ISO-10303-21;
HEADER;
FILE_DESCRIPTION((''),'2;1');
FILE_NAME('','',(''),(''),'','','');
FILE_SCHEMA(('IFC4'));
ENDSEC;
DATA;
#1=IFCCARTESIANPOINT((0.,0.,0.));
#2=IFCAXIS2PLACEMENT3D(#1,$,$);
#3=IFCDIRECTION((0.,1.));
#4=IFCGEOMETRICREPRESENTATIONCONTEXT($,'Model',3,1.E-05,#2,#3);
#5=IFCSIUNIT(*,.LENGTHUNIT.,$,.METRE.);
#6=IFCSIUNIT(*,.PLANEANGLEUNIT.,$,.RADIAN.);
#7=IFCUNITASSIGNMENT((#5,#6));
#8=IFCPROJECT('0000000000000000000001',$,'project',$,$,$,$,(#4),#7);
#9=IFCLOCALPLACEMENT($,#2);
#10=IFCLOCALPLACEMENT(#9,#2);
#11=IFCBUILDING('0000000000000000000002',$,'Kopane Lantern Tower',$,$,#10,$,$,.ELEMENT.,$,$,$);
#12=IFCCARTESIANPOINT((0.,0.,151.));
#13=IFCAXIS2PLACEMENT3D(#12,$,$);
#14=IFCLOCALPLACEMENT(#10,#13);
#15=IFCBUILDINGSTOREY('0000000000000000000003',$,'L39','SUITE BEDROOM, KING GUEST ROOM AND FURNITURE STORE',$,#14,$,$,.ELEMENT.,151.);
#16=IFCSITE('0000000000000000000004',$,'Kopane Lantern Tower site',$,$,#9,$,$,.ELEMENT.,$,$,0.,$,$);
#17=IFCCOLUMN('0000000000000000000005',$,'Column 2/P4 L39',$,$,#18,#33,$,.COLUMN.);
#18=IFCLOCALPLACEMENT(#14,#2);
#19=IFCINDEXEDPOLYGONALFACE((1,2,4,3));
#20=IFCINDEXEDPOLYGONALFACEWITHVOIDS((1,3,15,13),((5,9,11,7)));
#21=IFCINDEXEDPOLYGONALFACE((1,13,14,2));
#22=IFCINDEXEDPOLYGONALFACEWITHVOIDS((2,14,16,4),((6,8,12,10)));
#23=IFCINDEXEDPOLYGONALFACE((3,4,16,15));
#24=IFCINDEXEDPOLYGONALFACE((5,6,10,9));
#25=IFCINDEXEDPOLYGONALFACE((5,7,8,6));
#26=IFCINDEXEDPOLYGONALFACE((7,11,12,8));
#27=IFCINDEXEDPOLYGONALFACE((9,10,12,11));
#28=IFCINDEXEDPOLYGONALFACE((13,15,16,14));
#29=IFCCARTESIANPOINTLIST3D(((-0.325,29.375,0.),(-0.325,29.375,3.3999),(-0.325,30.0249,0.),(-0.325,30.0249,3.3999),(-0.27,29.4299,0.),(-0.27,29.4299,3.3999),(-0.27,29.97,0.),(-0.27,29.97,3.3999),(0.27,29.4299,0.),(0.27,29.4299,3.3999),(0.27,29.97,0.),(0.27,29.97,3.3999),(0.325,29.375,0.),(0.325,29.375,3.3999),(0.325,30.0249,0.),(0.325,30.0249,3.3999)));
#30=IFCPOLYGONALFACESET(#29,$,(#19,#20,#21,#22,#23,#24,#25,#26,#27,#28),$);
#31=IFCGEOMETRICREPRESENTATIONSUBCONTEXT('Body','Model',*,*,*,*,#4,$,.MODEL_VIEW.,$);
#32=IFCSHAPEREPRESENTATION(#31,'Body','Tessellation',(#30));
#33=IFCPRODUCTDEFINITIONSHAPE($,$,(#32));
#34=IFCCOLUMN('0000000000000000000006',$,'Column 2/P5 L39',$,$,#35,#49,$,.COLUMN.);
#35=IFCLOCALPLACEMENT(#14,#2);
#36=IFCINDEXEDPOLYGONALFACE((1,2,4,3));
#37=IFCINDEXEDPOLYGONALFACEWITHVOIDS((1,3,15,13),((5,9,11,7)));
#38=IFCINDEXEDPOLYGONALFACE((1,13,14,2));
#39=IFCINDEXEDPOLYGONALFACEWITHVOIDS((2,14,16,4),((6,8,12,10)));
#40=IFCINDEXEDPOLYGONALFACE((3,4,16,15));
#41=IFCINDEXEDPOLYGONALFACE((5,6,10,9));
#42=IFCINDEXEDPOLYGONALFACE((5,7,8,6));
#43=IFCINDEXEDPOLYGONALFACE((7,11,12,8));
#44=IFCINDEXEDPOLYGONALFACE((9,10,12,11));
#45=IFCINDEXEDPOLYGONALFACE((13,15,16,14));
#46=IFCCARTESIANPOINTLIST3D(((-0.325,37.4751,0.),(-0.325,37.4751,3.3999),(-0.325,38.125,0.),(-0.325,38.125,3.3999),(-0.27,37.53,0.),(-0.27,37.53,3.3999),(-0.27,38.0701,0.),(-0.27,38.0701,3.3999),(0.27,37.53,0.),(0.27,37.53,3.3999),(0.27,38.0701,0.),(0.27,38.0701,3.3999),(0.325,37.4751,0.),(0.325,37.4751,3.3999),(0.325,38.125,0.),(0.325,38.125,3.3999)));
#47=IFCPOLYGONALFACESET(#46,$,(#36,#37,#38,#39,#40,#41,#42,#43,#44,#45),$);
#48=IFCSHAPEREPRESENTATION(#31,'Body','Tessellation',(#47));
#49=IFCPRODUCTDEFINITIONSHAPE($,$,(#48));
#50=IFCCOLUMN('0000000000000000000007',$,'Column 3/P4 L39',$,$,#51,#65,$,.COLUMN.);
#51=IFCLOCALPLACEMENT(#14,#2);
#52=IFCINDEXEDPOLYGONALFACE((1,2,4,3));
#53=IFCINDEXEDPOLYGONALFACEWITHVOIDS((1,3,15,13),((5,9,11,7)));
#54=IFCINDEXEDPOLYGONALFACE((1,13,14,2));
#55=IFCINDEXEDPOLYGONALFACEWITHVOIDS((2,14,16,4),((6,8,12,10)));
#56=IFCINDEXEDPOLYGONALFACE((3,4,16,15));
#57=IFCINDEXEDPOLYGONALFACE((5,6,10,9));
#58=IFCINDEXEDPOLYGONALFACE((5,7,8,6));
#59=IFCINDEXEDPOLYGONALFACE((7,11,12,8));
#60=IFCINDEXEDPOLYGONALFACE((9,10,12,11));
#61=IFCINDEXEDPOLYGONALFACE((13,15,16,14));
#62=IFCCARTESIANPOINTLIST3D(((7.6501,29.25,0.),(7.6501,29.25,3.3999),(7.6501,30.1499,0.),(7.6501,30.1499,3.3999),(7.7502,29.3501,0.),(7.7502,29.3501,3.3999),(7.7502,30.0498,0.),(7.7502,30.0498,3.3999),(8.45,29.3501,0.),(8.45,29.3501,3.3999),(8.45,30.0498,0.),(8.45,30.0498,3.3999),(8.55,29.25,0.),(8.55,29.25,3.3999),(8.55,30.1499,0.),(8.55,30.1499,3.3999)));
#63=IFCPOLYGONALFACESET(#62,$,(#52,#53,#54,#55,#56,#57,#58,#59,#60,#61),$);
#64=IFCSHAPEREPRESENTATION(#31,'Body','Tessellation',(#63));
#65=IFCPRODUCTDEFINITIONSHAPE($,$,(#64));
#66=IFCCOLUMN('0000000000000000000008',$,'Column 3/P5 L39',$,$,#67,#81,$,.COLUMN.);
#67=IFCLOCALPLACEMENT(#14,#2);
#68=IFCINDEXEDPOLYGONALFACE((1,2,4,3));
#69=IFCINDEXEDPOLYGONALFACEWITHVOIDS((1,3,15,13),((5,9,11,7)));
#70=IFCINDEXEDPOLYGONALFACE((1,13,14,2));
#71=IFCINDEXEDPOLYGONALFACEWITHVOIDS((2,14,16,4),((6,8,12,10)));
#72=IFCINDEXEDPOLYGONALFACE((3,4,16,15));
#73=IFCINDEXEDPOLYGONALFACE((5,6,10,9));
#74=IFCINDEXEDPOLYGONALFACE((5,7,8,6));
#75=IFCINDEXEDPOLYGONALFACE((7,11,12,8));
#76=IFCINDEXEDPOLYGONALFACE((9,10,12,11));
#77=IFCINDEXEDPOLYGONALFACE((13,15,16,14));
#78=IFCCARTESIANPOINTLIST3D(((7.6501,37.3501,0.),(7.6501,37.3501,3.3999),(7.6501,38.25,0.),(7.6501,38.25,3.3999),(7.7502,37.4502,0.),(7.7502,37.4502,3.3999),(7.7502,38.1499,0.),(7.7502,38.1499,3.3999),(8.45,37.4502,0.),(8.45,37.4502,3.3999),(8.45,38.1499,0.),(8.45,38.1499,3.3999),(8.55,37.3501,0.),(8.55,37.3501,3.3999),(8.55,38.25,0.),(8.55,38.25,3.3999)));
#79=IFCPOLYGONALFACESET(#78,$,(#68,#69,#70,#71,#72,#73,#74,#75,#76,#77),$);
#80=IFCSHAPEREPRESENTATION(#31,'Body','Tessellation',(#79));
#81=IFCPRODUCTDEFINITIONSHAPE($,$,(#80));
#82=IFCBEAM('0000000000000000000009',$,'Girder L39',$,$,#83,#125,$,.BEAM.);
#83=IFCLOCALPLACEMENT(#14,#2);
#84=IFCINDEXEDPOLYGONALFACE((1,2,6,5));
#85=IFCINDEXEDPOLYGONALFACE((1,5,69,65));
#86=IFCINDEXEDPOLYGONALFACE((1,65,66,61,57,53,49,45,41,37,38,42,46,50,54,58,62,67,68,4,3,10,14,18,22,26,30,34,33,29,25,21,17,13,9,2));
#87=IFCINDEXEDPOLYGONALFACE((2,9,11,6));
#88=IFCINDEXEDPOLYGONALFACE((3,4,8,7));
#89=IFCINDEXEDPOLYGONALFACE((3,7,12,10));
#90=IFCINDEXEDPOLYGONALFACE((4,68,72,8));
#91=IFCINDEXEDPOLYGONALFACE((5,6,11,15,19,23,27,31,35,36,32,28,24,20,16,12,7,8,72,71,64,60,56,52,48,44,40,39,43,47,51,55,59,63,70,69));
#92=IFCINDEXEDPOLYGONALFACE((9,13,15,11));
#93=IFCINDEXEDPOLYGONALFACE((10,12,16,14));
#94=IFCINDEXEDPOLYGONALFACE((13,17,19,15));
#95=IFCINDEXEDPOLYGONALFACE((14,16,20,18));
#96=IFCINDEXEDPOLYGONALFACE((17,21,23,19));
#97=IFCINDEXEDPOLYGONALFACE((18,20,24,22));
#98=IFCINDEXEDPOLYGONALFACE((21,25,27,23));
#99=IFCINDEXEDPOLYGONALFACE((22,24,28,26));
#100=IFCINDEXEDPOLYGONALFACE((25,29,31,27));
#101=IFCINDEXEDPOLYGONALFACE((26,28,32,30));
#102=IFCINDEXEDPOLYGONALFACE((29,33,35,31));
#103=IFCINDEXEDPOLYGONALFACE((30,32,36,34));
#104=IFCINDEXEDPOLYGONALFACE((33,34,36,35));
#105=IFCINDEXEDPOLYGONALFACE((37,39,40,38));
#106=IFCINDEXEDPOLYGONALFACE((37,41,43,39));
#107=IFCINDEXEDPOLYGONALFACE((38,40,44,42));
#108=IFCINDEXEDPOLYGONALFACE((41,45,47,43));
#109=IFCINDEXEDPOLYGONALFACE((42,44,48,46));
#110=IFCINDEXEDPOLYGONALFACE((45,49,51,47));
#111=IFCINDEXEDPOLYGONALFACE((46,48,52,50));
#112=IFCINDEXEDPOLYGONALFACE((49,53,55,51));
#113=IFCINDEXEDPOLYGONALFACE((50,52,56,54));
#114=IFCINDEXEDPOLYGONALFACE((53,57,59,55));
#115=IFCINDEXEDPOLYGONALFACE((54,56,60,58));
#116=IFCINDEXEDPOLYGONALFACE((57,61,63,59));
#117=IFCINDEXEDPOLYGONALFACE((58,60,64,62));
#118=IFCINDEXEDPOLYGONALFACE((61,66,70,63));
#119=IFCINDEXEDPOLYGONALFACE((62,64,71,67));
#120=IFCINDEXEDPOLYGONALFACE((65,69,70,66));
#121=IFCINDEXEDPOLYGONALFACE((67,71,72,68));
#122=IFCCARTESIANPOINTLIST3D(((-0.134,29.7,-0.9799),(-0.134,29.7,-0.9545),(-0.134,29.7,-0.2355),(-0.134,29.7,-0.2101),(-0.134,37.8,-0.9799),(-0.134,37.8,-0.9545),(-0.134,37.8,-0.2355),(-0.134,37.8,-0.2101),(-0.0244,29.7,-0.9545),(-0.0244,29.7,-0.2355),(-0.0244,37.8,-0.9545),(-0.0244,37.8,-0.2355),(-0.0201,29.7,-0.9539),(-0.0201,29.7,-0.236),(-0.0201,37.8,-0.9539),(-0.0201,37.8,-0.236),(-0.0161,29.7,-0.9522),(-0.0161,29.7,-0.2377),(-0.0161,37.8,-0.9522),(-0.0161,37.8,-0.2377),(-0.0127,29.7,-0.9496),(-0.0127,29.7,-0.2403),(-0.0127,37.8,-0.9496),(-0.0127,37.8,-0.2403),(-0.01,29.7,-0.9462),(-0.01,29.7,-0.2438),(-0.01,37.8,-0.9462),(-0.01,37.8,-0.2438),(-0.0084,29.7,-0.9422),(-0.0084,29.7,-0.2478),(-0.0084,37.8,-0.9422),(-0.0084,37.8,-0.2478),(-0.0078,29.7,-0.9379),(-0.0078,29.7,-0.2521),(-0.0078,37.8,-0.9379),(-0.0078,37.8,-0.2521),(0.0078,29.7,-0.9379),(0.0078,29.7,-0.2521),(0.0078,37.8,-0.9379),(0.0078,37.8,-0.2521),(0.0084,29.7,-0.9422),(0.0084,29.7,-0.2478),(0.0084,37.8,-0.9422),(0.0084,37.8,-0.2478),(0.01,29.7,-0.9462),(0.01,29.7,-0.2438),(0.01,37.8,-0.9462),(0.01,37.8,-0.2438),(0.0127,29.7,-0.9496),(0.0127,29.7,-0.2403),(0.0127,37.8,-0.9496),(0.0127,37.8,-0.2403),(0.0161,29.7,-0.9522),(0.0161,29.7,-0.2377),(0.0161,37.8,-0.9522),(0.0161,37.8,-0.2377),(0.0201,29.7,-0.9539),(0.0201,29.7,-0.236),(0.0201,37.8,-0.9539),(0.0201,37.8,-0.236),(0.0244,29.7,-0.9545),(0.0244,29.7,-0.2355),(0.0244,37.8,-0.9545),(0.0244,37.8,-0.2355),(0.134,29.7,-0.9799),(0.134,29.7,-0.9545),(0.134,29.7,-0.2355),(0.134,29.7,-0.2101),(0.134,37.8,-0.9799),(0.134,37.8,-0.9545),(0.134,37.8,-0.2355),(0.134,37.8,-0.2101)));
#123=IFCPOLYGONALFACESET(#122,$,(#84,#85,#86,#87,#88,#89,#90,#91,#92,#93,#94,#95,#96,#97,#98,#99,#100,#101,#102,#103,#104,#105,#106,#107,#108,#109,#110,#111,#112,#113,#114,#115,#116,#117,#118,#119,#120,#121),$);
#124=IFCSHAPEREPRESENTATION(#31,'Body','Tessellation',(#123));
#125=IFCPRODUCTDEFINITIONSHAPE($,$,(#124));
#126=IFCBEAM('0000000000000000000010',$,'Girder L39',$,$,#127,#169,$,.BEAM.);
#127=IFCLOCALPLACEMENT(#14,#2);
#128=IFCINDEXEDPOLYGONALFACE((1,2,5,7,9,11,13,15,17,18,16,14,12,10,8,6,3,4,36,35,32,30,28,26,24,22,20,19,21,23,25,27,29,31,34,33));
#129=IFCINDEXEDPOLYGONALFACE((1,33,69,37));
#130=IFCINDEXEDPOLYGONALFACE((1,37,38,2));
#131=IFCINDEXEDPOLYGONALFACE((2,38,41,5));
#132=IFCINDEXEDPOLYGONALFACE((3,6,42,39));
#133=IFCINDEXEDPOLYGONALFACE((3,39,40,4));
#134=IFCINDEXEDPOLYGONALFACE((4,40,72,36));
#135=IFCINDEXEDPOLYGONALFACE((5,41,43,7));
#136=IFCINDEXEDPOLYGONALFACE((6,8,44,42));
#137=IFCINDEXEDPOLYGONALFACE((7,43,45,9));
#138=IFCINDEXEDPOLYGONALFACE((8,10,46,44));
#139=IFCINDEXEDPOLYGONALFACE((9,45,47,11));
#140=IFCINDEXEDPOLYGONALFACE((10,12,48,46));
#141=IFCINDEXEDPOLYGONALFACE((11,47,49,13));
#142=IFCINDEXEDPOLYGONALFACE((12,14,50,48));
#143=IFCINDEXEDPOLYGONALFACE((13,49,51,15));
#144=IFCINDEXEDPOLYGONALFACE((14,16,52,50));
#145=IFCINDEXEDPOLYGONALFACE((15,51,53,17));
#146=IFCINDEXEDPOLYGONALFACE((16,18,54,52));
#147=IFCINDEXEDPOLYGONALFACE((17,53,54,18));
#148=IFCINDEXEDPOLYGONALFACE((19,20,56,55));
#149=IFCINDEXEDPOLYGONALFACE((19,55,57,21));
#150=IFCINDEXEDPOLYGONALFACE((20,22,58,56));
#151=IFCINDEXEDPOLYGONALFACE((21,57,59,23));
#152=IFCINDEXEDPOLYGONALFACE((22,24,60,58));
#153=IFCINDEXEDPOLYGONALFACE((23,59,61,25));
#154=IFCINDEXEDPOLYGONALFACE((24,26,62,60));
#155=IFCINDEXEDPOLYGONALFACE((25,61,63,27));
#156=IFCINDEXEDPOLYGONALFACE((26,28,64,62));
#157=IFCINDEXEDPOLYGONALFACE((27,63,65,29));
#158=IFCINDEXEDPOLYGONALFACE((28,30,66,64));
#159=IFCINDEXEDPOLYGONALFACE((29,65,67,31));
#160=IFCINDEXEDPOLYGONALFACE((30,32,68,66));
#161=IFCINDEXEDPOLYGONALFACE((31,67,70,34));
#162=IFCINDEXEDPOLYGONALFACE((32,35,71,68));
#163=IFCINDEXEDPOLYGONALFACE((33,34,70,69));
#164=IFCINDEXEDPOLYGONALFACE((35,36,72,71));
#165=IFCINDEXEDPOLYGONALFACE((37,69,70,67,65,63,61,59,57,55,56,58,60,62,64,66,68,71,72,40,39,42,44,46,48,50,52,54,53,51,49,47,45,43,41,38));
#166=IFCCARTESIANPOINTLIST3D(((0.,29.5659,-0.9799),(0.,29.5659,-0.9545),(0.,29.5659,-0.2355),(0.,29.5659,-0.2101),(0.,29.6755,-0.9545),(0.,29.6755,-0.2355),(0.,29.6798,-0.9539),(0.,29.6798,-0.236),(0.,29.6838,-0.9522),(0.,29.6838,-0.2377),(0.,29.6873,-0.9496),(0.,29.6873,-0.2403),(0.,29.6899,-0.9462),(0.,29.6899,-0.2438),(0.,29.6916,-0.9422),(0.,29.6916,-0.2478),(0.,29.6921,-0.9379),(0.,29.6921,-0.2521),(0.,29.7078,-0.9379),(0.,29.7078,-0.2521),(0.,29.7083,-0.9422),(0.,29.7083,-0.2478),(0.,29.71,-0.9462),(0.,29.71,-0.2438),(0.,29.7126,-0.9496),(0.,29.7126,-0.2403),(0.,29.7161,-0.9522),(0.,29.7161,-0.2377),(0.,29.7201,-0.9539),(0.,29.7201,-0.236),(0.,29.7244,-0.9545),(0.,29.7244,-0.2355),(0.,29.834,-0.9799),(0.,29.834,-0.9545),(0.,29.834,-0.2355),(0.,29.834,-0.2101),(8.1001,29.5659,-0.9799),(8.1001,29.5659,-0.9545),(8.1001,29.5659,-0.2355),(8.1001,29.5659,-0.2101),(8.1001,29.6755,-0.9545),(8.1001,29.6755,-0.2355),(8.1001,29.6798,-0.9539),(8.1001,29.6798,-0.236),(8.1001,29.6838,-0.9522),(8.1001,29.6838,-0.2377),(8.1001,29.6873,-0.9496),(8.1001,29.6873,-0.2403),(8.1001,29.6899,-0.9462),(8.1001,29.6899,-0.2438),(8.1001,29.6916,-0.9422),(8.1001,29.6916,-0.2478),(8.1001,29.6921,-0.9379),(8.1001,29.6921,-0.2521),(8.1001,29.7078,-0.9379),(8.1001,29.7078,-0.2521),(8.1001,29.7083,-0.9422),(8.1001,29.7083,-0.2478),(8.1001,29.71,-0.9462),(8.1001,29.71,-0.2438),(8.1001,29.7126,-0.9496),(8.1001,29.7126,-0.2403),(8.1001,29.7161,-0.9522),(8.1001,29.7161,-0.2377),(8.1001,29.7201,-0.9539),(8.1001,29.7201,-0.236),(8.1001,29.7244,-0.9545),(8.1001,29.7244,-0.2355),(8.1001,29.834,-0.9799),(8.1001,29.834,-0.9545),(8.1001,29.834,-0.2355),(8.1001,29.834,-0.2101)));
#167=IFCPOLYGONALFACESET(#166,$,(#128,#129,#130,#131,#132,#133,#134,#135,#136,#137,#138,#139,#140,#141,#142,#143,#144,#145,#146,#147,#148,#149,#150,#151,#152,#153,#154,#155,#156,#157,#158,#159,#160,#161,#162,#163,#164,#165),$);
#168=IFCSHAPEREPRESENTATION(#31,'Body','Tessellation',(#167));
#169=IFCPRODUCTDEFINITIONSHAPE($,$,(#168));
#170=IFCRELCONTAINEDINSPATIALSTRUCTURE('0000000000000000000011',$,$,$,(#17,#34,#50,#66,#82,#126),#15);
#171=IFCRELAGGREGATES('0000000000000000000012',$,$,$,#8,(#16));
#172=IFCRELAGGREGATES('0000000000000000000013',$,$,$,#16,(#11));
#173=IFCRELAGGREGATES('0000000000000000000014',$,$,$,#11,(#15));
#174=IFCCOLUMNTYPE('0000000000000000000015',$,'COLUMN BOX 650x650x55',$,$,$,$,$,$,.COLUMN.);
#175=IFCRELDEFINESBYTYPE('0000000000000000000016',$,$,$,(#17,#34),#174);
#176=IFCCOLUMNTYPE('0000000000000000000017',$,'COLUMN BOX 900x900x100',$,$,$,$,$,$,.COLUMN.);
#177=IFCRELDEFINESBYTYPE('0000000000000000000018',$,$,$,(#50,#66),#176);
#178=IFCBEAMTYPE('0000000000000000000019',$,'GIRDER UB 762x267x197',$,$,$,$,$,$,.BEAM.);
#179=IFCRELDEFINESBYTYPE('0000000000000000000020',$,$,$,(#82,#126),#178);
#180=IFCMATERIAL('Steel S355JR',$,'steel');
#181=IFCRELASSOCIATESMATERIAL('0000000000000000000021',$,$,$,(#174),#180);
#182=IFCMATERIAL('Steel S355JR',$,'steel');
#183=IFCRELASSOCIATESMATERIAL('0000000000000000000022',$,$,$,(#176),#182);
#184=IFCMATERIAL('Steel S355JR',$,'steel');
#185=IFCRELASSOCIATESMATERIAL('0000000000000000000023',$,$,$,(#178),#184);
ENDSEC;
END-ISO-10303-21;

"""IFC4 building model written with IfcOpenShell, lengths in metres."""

from ifc_helpers import new_model, si_unit, direction, frame, origin, origin_2d, place, context, subcontext, project, spatial, hollow_rectangle, i_section, extrude, material, material_profile, profile_set, type_object, element, save


model = new_model("IFC4")

# Units and contexts
model_context = context("Model", 3, precision=1e-05, world=origin(), true_north=direction((0.0, 1.0)))
body_context = subcontext(model_context, "Body", "Model", "MODEL_VIEW")
ifc_project = project(units=[si_unit("LENGTHUNIT", "METRE"), si_unit("PLANEANGLEUNIT", "RADIAN")], contexts=[model_context])

# Site, building, storey
site_placement = place(None, origin())
site = spatial("IfcSite", under=ifc_project, at=site_placement, Name="Kopane Lantern Tower site", CompositionType="ELEMENT", RefElevation=0.0)
building_placement = place(site_placement, origin())
building = spatial("IfcBuilding", under=site, at=building_placement, Name="Kopane Lantern Tower", CompositionType="ELEMENT")
storey_placement = place(building_placement, frame((0.0, 0.0, 151.0)))
storey = spatial("IfcBuildingStorey", under=building, at=storey_placement, Name="L39", Description="SUITE BEDROOM, KING GUEST ROOM AND FURNITURE STORE", CompositionType="ELEMENT", Elevation=151.0)

# Columns
ifc_material_1 = material(Name="Steel S355JR", Category="steel")
ifc_material_profile_1 = material_profile(ifc_material_1, hollow_rectangle(XDim=0.6499, YDim=0.6499, WallThickness=0.0549, at=origin_2d()), Name="BOX 650x650x55")
ifc_profile_set_1 = profile_set([ifc_material_profile_1], Name="Steel S355JR")
column_type_1 = type_object("IfcColumnType", Name="COLUMN BOX 650x650x55", PredefinedType="COLUMN", material=ifc_profile_set_1)
for number, where, z_axis, x_axis, name in (
    (1, (0.0, 29.7, 0.0), (0.0, 0.0, 1.0), (1.0, 0.0, 0.0), "Column 2/P4 L39"),
    (2, (0.0, 37.8, 0.0), (0.0, 0.0, 1.0), (1.0, 0.0, 0.0), "Column 2/P5 L39"),
):
    element("IfcColumn", number, at=place(storey_placement, frame(where, z_axis=z_axis, x_axis=x_axis)), inside=storey, type_object=column_type_1, Name=name, PredefinedType="COLUMN", context=body_context, shape_type="SweptSolid", body=[
        extrude(hollow_rectangle(XDim=0.6499, YDim=0.6499, WallThickness=0.0549, at=origin_2d()), origin(), (0.0, 0.0, 1.0), 3.3999),
    ])
ifc_material_2 = material(Name="Steel S355JR", Category="steel")
ifc_material_profile_2 = material_profile(ifc_material_2, hollow_rectangle(XDim=0.8999, YDim=0.8999, WallThickness=0.1001, at=origin_2d()), Name="BOX 900x900x100")
ifc_profile_set_2 = profile_set([ifc_material_profile_2], Name="Steel S355JR")
column_type_2 = type_object("IfcColumnType", Name="COLUMN BOX 900x900x100", PredefinedType="COLUMN", material=ifc_profile_set_2)
for number, where, z_axis, x_axis, name in (
    (3, (8.1001, 29.7, 0.0), (0.0, 0.0, 1.0), (1.0, 0.0, 0.0), "Column 3/P4 L39"),
    (4, (8.1001, 37.8, 0.0), (0.0, 0.0, 1.0), (1.0, 0.0, 0.0), "Column 3/P5 L39"),
):
    element("IfcColumn", number, at=place(storey_placement, frame(where, z_axis=z_axis, x_axis=x_axis)), inside=storey, type_object=column_type_2, Name=name, PredefinedType="COLUMN", context=body_context, shape_type="SweptSolid", body=[
        extrude(hollow_rectangle(XDim=0.8999, YDim=0.8999, WallThickness=0.1001, at=origin_2d()), origin(), (0.0, 0.0, 1.0), 3.3999),
    ])

# Beams
ifc_material_3 = material(Name="Steel S355JR", Category="steel")
ifc_material_profile_3 = material_profile(ifc_material_3, i_section(OverallWidth=0.2681, OverallDepth=0.7698, WebThickness=0.0156, FlangeThickness=0.0254, FilletRadius=0.0166, at=origin_2d()), Name="UB 762x267x197")
ifc_profile_set_3 = profile_set([ifc_material_profile_3], Name="Steel S355JR")
beam_type = type_object("IfcBeamType", Name="GIRDER UB 762x267x197", PredefinedType="BEAM", material=ifc_profile_set_3)
for number, where, z_axis, x_axis, name in (
    (5, (0.0, 29.7, -0.595), (0.0, 1.0, 0.0), (-1.0, 0.0, 0.0), "Girder L39"),
    (6, (0.0, 29.7, -0.595), (1.0, 0.0, 0.0), (0.0, 1.0, 0.0), "Girder L39"),
):
    element("IfcBeam", number, at=place(storey_placement, frame(where, z_axis=z_axis, x_axis=x_axis)), inside=storey, type_object=beam_type, Name=name, PredefinedType="BEAM", context=body_context, shape_type="SweptSolid", body=[
        extrude(i_section(OverallWidth=0.2681, OverallDepth=0.7698, WebThickness=0.0156, FlangeThickness=0.0254, FilletRadius=0.0166, at=origin_2d()), origin(), (0.0, 0.0, 1.0), 8.1001),
    ])

save(model, "model.ifc")
